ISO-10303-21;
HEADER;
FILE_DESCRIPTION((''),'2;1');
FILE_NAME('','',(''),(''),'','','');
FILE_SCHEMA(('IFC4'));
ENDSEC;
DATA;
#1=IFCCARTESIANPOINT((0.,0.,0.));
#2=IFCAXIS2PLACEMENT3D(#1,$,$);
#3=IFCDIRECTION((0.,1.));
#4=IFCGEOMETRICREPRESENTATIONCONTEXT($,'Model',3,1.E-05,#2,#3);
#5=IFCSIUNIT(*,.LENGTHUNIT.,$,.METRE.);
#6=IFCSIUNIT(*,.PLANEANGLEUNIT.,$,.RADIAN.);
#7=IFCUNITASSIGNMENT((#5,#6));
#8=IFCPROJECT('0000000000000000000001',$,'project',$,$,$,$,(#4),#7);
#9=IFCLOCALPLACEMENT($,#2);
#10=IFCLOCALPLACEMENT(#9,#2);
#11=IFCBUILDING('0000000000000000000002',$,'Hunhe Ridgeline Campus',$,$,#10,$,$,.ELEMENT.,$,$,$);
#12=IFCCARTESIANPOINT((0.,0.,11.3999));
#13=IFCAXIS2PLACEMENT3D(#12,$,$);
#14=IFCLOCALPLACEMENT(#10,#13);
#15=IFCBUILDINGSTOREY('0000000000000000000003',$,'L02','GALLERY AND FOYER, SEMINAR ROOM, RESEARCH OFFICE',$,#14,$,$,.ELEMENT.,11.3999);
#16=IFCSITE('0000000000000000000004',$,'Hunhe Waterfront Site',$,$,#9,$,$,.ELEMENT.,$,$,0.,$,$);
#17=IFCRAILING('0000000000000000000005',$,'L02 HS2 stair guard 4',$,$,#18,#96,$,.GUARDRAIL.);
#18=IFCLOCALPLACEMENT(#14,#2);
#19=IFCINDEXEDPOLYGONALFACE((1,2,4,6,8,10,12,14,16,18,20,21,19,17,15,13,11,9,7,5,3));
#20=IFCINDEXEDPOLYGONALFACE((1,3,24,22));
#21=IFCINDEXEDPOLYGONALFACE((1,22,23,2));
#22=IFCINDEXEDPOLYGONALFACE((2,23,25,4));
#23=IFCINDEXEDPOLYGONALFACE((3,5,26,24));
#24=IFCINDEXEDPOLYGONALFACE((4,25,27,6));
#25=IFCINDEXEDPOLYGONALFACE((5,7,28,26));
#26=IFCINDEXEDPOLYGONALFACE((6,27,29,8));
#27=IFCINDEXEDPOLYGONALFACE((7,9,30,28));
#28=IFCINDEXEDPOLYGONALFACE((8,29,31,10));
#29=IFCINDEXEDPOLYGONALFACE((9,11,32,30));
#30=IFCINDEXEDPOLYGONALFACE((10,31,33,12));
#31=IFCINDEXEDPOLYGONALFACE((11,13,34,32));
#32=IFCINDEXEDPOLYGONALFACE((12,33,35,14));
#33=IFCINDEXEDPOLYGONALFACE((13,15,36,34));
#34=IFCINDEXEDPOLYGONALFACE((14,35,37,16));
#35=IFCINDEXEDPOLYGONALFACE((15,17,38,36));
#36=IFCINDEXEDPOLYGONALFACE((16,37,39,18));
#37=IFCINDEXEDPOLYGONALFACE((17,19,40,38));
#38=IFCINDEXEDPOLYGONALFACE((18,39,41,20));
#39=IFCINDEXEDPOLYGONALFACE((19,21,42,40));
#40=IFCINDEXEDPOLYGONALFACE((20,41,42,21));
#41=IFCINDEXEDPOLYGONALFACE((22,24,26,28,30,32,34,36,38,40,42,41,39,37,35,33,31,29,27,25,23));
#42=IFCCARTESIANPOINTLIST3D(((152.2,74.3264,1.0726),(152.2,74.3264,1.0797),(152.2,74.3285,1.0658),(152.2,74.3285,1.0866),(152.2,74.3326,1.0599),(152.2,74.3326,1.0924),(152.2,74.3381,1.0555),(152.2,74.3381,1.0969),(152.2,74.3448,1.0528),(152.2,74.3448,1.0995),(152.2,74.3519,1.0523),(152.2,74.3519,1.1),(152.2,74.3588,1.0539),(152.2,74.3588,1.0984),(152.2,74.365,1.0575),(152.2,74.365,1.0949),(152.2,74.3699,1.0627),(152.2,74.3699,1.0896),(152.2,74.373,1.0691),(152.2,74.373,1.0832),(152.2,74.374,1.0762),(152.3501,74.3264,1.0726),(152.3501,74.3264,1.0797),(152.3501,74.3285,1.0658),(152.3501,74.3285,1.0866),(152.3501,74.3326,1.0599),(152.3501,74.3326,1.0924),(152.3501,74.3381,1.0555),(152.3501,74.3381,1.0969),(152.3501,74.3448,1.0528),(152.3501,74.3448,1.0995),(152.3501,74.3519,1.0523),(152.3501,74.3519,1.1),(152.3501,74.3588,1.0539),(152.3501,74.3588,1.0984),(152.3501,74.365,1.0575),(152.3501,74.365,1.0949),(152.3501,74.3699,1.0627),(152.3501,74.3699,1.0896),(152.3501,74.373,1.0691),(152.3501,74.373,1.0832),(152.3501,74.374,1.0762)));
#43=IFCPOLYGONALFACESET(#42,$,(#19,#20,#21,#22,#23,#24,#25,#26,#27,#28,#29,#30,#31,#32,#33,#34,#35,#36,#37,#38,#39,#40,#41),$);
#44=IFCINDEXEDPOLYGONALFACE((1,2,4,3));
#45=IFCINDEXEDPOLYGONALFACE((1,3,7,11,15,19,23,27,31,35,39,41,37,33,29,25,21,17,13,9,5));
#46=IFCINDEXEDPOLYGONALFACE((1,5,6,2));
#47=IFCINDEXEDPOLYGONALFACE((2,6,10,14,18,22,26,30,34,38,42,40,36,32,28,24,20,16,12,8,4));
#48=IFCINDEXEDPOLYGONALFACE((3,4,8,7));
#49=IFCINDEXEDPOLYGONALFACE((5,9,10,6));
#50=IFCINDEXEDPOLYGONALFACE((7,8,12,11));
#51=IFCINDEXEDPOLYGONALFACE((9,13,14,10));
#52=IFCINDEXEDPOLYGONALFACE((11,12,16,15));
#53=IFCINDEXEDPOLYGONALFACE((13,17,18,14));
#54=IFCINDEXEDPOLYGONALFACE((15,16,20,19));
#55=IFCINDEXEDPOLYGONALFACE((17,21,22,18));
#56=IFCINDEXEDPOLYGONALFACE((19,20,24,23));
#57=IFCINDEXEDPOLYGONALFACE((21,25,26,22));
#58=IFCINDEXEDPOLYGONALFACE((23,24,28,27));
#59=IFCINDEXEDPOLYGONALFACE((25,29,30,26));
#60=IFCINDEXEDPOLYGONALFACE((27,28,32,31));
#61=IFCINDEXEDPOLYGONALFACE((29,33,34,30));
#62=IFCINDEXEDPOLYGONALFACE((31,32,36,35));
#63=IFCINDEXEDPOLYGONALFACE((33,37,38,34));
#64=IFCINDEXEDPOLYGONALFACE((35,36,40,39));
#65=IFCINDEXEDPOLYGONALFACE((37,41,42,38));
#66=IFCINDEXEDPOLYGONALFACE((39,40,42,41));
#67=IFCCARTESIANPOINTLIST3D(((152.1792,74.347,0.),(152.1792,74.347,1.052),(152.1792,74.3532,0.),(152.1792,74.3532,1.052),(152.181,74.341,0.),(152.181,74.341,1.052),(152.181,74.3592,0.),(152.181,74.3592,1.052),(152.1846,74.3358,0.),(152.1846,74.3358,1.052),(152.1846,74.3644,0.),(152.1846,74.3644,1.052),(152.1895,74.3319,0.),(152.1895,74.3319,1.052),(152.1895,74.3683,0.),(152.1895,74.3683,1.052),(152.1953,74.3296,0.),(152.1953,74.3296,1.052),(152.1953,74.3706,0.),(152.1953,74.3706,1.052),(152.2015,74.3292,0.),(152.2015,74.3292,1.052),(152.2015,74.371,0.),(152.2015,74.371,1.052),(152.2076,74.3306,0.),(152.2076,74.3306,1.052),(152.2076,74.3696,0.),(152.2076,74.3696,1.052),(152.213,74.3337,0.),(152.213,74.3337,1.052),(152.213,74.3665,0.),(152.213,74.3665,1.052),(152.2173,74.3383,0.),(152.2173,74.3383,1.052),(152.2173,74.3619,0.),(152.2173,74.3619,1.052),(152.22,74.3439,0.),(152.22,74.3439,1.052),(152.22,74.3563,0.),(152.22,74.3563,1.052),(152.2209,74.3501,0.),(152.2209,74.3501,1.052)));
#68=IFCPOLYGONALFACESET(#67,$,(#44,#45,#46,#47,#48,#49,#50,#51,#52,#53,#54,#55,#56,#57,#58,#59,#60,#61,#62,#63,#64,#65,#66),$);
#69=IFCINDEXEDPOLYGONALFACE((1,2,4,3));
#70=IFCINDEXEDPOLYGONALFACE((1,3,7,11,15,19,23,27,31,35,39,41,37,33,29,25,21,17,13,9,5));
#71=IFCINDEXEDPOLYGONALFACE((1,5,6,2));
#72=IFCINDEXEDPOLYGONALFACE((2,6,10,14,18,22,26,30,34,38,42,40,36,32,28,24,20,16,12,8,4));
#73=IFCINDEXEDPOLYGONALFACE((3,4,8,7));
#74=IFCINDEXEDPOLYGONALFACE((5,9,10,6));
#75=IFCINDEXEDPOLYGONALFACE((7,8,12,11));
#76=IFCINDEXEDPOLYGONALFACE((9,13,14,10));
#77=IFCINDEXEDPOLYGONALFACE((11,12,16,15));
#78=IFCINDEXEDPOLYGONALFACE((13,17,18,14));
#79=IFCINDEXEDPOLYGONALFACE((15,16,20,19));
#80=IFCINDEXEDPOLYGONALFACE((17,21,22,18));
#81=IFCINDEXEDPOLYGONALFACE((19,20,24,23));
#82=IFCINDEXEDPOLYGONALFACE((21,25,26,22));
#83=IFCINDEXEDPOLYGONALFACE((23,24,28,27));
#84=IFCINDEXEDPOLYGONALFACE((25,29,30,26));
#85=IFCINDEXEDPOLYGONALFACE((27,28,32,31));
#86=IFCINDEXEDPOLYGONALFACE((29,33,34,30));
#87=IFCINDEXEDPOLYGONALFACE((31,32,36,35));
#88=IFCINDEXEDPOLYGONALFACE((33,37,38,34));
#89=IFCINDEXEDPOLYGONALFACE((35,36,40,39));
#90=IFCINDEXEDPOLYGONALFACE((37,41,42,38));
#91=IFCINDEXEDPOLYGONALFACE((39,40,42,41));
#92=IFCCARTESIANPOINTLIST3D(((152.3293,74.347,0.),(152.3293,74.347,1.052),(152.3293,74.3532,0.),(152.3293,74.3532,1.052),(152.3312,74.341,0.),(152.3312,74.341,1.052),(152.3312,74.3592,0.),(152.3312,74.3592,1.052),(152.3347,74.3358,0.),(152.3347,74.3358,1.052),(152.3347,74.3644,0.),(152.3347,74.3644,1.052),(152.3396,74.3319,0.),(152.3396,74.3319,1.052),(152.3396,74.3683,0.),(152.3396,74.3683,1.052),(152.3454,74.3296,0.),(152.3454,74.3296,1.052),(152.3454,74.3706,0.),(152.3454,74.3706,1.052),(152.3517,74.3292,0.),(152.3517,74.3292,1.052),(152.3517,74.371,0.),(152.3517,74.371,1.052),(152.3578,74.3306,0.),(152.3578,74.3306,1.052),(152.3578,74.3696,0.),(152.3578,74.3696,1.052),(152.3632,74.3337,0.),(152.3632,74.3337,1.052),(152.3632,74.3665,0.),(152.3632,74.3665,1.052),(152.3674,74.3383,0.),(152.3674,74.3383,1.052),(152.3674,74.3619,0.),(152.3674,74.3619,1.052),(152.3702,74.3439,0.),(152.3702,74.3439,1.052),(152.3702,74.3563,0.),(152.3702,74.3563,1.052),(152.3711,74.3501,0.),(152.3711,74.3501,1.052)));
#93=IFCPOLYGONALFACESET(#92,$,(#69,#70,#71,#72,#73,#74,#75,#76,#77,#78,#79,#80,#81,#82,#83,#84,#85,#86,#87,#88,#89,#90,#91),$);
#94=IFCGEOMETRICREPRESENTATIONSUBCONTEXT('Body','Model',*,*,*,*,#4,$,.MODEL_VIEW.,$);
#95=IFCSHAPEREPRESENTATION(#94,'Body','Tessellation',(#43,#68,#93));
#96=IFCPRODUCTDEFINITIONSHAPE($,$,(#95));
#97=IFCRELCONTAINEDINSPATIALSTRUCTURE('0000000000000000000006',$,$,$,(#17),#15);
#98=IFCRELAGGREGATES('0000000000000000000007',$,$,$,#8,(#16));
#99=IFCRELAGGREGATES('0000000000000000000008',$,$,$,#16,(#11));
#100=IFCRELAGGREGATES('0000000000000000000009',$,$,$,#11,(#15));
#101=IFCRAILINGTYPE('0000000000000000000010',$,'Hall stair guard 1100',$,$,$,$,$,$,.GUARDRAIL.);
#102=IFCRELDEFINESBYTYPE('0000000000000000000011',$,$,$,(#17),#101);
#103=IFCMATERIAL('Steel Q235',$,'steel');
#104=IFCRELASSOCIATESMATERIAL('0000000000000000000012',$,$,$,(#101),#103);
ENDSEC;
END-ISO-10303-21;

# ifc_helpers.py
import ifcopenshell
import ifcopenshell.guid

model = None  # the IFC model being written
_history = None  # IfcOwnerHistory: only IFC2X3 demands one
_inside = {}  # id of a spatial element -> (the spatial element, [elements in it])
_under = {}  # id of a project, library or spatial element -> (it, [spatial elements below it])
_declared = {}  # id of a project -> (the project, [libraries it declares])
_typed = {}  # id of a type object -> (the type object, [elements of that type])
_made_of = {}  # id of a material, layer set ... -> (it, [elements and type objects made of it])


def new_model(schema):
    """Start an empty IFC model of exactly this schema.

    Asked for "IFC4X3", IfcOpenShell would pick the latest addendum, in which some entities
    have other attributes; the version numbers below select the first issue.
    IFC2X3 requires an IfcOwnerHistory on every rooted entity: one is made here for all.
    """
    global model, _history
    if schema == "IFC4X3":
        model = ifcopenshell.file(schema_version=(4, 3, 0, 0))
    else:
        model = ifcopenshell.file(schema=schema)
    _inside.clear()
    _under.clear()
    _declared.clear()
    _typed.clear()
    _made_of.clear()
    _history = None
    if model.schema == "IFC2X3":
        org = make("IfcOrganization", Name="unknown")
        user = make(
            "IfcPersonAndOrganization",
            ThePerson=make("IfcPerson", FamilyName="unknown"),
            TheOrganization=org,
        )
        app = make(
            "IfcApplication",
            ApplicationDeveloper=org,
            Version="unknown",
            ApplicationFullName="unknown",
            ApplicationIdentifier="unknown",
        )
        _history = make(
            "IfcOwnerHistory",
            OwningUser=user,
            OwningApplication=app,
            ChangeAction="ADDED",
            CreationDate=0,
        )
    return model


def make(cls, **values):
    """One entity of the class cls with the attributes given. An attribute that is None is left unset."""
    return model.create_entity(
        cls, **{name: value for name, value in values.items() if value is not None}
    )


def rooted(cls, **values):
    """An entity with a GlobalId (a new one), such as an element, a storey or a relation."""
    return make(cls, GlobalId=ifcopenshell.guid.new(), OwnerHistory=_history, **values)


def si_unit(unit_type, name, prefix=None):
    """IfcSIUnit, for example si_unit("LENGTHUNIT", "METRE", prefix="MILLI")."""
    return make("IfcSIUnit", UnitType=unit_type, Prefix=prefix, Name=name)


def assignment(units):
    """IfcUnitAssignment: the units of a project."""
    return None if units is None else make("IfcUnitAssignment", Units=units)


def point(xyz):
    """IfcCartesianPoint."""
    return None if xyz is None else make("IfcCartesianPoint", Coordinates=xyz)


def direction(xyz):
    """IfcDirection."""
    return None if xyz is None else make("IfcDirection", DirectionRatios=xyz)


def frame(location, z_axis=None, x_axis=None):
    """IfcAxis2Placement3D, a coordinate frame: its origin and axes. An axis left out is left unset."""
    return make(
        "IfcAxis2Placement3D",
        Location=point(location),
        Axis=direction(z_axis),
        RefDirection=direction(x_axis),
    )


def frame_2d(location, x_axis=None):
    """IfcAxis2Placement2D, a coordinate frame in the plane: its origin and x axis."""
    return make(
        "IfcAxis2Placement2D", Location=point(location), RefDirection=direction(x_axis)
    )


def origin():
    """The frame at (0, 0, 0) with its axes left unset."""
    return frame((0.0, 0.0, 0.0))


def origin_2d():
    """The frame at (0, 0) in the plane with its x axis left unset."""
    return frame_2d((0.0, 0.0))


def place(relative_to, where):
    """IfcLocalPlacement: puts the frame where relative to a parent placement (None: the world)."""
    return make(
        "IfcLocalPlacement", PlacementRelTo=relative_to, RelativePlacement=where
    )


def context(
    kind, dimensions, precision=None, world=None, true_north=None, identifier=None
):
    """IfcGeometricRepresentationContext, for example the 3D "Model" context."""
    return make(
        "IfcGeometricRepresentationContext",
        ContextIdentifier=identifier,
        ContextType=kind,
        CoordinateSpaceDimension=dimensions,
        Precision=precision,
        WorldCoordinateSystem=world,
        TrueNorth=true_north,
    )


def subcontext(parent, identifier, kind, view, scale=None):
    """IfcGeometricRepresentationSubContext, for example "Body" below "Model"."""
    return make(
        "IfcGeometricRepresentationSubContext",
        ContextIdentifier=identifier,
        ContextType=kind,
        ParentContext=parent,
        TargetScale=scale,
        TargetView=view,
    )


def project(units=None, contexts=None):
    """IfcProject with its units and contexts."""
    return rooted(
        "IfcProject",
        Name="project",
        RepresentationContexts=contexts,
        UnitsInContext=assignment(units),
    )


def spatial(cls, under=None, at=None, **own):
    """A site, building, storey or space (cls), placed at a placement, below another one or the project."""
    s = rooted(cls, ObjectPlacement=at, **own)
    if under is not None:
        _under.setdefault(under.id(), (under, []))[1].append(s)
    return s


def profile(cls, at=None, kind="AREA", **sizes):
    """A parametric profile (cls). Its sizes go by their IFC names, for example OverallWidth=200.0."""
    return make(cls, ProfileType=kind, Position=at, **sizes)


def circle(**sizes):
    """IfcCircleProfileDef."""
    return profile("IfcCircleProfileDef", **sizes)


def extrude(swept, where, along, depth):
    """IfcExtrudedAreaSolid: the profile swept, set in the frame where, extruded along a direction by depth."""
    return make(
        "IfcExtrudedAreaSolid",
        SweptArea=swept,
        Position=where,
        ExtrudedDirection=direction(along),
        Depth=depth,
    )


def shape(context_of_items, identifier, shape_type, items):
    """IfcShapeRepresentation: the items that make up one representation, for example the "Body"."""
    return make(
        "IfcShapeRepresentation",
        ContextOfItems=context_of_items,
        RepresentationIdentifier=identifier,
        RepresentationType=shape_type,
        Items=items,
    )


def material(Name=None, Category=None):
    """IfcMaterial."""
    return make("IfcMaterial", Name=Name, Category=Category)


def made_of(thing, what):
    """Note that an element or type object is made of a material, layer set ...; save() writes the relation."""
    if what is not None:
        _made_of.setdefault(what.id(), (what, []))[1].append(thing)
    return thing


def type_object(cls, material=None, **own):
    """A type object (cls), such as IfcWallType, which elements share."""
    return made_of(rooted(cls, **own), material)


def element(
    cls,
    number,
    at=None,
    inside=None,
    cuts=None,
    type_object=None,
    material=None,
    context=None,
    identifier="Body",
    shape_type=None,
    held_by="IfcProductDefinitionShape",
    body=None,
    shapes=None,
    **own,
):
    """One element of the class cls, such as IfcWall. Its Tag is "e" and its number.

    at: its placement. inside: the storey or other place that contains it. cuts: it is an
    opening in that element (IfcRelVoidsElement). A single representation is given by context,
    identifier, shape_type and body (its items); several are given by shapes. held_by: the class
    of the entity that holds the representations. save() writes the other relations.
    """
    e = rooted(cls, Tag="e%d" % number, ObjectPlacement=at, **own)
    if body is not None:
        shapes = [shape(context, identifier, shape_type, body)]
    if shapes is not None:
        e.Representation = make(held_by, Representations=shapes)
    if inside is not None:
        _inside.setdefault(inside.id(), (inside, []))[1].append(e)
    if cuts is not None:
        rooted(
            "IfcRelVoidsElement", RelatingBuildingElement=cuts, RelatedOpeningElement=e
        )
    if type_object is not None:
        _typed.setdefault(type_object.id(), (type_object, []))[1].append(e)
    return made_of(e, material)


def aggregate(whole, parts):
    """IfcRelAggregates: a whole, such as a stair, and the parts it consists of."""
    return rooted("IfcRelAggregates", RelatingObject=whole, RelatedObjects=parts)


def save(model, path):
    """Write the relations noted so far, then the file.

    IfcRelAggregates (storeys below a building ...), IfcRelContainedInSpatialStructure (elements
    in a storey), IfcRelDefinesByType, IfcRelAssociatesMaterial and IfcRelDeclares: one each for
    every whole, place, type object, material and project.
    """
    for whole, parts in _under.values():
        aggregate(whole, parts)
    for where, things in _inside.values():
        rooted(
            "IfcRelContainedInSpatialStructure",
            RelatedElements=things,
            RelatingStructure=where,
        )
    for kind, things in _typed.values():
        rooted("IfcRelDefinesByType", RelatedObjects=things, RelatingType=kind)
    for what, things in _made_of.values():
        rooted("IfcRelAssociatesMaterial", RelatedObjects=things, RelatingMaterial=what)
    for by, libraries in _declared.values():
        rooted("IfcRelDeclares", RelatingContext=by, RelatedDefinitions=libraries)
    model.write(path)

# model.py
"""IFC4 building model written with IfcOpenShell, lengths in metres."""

from ifc_helpers import new_model, si_unit, direction, frame, origin, origin_2d, place, context, subcontext, project, spatial, circle, extrude, material, type_object, element, save


model = new_model("IFC4")

# Units and contexts
model_context = context("Model", 3, precision=1e-05, world=origin(), true_north=direction((0.0, 1.0)))
body_context = subcontext(model_context, "Body", "Model", "MODEL_VIEW")
ifc_project = project(units=[si_unit("LENGTHUNIT", "METRE"), si_unit("PLANEANGLEUNIT", "RADIAN")], contexts=[model_context])

# Site, building, storey
site_placement = place(None, origin())
site = spatial("IfcSite", under=ifc_project, at=site_placement, Name="Hunhe Waterfront Site", CompositionType="ELEMENT", RefElevation=0.0)
building_placement = place(site_placement, origin())
building = spatial("IfcBuilding", under=site, at=building_placement, Name="Hunhe Ridgeline Campus", CompositionType="ELEMENT")
storey_placement = place(building_placement, frame((0.0, 0.0, 11.3999)))
storey = spatial("IfcBuildingStorey", under=building, at=storey_placement, Name="L02", Description="GALLERY AND FOYER, SEMINAR ROOM, RESEARCH OFFICE", CompositionType="ELEMENT", Elevation=11.3999)

# Shared definitions
ifc_material_1 = material(Name="Steel Q235", Category="steel")

# Railing
railing_type_1 = type_object("IfcRailingType", Name="Hall stair guard 1100", PredefinedType="GUARDRAIL", material=ifc_material_1)
railing_1_placement = place(storey_placement, frame((152.2, 74.3501, 0.0)))
element("IfcRailing", 1, at=railing_1_placement, inside=storey, type_object=railing_type_1, Name="L02 HS2 stair guard 4", PredefinedType="GUARDRAIL", context=body_context, shape_type="SweptSolid", body=[
    extrude(circle(Radius=0.0239, at=origin_2d()), frame((0.0, 0.0, 1.0762), z_axis=(1.0, 0.0, 0.0), x_axis=(0.0, 1.0, 0.0)), (0.0, 0.0, 1.0), 0.1501),
    extrude(circle(Radius=0.021, at=origin_2d()), origin(), (0.0, 0.0, 1.0), 1.052),
    extrude(circle(Radius=0.021, at=origin_2d()), frame((0.1501, 0.0, 0.0)), (0.0, 0.0, 1.0), 1.052),
])

save(model, "model.ifc")
